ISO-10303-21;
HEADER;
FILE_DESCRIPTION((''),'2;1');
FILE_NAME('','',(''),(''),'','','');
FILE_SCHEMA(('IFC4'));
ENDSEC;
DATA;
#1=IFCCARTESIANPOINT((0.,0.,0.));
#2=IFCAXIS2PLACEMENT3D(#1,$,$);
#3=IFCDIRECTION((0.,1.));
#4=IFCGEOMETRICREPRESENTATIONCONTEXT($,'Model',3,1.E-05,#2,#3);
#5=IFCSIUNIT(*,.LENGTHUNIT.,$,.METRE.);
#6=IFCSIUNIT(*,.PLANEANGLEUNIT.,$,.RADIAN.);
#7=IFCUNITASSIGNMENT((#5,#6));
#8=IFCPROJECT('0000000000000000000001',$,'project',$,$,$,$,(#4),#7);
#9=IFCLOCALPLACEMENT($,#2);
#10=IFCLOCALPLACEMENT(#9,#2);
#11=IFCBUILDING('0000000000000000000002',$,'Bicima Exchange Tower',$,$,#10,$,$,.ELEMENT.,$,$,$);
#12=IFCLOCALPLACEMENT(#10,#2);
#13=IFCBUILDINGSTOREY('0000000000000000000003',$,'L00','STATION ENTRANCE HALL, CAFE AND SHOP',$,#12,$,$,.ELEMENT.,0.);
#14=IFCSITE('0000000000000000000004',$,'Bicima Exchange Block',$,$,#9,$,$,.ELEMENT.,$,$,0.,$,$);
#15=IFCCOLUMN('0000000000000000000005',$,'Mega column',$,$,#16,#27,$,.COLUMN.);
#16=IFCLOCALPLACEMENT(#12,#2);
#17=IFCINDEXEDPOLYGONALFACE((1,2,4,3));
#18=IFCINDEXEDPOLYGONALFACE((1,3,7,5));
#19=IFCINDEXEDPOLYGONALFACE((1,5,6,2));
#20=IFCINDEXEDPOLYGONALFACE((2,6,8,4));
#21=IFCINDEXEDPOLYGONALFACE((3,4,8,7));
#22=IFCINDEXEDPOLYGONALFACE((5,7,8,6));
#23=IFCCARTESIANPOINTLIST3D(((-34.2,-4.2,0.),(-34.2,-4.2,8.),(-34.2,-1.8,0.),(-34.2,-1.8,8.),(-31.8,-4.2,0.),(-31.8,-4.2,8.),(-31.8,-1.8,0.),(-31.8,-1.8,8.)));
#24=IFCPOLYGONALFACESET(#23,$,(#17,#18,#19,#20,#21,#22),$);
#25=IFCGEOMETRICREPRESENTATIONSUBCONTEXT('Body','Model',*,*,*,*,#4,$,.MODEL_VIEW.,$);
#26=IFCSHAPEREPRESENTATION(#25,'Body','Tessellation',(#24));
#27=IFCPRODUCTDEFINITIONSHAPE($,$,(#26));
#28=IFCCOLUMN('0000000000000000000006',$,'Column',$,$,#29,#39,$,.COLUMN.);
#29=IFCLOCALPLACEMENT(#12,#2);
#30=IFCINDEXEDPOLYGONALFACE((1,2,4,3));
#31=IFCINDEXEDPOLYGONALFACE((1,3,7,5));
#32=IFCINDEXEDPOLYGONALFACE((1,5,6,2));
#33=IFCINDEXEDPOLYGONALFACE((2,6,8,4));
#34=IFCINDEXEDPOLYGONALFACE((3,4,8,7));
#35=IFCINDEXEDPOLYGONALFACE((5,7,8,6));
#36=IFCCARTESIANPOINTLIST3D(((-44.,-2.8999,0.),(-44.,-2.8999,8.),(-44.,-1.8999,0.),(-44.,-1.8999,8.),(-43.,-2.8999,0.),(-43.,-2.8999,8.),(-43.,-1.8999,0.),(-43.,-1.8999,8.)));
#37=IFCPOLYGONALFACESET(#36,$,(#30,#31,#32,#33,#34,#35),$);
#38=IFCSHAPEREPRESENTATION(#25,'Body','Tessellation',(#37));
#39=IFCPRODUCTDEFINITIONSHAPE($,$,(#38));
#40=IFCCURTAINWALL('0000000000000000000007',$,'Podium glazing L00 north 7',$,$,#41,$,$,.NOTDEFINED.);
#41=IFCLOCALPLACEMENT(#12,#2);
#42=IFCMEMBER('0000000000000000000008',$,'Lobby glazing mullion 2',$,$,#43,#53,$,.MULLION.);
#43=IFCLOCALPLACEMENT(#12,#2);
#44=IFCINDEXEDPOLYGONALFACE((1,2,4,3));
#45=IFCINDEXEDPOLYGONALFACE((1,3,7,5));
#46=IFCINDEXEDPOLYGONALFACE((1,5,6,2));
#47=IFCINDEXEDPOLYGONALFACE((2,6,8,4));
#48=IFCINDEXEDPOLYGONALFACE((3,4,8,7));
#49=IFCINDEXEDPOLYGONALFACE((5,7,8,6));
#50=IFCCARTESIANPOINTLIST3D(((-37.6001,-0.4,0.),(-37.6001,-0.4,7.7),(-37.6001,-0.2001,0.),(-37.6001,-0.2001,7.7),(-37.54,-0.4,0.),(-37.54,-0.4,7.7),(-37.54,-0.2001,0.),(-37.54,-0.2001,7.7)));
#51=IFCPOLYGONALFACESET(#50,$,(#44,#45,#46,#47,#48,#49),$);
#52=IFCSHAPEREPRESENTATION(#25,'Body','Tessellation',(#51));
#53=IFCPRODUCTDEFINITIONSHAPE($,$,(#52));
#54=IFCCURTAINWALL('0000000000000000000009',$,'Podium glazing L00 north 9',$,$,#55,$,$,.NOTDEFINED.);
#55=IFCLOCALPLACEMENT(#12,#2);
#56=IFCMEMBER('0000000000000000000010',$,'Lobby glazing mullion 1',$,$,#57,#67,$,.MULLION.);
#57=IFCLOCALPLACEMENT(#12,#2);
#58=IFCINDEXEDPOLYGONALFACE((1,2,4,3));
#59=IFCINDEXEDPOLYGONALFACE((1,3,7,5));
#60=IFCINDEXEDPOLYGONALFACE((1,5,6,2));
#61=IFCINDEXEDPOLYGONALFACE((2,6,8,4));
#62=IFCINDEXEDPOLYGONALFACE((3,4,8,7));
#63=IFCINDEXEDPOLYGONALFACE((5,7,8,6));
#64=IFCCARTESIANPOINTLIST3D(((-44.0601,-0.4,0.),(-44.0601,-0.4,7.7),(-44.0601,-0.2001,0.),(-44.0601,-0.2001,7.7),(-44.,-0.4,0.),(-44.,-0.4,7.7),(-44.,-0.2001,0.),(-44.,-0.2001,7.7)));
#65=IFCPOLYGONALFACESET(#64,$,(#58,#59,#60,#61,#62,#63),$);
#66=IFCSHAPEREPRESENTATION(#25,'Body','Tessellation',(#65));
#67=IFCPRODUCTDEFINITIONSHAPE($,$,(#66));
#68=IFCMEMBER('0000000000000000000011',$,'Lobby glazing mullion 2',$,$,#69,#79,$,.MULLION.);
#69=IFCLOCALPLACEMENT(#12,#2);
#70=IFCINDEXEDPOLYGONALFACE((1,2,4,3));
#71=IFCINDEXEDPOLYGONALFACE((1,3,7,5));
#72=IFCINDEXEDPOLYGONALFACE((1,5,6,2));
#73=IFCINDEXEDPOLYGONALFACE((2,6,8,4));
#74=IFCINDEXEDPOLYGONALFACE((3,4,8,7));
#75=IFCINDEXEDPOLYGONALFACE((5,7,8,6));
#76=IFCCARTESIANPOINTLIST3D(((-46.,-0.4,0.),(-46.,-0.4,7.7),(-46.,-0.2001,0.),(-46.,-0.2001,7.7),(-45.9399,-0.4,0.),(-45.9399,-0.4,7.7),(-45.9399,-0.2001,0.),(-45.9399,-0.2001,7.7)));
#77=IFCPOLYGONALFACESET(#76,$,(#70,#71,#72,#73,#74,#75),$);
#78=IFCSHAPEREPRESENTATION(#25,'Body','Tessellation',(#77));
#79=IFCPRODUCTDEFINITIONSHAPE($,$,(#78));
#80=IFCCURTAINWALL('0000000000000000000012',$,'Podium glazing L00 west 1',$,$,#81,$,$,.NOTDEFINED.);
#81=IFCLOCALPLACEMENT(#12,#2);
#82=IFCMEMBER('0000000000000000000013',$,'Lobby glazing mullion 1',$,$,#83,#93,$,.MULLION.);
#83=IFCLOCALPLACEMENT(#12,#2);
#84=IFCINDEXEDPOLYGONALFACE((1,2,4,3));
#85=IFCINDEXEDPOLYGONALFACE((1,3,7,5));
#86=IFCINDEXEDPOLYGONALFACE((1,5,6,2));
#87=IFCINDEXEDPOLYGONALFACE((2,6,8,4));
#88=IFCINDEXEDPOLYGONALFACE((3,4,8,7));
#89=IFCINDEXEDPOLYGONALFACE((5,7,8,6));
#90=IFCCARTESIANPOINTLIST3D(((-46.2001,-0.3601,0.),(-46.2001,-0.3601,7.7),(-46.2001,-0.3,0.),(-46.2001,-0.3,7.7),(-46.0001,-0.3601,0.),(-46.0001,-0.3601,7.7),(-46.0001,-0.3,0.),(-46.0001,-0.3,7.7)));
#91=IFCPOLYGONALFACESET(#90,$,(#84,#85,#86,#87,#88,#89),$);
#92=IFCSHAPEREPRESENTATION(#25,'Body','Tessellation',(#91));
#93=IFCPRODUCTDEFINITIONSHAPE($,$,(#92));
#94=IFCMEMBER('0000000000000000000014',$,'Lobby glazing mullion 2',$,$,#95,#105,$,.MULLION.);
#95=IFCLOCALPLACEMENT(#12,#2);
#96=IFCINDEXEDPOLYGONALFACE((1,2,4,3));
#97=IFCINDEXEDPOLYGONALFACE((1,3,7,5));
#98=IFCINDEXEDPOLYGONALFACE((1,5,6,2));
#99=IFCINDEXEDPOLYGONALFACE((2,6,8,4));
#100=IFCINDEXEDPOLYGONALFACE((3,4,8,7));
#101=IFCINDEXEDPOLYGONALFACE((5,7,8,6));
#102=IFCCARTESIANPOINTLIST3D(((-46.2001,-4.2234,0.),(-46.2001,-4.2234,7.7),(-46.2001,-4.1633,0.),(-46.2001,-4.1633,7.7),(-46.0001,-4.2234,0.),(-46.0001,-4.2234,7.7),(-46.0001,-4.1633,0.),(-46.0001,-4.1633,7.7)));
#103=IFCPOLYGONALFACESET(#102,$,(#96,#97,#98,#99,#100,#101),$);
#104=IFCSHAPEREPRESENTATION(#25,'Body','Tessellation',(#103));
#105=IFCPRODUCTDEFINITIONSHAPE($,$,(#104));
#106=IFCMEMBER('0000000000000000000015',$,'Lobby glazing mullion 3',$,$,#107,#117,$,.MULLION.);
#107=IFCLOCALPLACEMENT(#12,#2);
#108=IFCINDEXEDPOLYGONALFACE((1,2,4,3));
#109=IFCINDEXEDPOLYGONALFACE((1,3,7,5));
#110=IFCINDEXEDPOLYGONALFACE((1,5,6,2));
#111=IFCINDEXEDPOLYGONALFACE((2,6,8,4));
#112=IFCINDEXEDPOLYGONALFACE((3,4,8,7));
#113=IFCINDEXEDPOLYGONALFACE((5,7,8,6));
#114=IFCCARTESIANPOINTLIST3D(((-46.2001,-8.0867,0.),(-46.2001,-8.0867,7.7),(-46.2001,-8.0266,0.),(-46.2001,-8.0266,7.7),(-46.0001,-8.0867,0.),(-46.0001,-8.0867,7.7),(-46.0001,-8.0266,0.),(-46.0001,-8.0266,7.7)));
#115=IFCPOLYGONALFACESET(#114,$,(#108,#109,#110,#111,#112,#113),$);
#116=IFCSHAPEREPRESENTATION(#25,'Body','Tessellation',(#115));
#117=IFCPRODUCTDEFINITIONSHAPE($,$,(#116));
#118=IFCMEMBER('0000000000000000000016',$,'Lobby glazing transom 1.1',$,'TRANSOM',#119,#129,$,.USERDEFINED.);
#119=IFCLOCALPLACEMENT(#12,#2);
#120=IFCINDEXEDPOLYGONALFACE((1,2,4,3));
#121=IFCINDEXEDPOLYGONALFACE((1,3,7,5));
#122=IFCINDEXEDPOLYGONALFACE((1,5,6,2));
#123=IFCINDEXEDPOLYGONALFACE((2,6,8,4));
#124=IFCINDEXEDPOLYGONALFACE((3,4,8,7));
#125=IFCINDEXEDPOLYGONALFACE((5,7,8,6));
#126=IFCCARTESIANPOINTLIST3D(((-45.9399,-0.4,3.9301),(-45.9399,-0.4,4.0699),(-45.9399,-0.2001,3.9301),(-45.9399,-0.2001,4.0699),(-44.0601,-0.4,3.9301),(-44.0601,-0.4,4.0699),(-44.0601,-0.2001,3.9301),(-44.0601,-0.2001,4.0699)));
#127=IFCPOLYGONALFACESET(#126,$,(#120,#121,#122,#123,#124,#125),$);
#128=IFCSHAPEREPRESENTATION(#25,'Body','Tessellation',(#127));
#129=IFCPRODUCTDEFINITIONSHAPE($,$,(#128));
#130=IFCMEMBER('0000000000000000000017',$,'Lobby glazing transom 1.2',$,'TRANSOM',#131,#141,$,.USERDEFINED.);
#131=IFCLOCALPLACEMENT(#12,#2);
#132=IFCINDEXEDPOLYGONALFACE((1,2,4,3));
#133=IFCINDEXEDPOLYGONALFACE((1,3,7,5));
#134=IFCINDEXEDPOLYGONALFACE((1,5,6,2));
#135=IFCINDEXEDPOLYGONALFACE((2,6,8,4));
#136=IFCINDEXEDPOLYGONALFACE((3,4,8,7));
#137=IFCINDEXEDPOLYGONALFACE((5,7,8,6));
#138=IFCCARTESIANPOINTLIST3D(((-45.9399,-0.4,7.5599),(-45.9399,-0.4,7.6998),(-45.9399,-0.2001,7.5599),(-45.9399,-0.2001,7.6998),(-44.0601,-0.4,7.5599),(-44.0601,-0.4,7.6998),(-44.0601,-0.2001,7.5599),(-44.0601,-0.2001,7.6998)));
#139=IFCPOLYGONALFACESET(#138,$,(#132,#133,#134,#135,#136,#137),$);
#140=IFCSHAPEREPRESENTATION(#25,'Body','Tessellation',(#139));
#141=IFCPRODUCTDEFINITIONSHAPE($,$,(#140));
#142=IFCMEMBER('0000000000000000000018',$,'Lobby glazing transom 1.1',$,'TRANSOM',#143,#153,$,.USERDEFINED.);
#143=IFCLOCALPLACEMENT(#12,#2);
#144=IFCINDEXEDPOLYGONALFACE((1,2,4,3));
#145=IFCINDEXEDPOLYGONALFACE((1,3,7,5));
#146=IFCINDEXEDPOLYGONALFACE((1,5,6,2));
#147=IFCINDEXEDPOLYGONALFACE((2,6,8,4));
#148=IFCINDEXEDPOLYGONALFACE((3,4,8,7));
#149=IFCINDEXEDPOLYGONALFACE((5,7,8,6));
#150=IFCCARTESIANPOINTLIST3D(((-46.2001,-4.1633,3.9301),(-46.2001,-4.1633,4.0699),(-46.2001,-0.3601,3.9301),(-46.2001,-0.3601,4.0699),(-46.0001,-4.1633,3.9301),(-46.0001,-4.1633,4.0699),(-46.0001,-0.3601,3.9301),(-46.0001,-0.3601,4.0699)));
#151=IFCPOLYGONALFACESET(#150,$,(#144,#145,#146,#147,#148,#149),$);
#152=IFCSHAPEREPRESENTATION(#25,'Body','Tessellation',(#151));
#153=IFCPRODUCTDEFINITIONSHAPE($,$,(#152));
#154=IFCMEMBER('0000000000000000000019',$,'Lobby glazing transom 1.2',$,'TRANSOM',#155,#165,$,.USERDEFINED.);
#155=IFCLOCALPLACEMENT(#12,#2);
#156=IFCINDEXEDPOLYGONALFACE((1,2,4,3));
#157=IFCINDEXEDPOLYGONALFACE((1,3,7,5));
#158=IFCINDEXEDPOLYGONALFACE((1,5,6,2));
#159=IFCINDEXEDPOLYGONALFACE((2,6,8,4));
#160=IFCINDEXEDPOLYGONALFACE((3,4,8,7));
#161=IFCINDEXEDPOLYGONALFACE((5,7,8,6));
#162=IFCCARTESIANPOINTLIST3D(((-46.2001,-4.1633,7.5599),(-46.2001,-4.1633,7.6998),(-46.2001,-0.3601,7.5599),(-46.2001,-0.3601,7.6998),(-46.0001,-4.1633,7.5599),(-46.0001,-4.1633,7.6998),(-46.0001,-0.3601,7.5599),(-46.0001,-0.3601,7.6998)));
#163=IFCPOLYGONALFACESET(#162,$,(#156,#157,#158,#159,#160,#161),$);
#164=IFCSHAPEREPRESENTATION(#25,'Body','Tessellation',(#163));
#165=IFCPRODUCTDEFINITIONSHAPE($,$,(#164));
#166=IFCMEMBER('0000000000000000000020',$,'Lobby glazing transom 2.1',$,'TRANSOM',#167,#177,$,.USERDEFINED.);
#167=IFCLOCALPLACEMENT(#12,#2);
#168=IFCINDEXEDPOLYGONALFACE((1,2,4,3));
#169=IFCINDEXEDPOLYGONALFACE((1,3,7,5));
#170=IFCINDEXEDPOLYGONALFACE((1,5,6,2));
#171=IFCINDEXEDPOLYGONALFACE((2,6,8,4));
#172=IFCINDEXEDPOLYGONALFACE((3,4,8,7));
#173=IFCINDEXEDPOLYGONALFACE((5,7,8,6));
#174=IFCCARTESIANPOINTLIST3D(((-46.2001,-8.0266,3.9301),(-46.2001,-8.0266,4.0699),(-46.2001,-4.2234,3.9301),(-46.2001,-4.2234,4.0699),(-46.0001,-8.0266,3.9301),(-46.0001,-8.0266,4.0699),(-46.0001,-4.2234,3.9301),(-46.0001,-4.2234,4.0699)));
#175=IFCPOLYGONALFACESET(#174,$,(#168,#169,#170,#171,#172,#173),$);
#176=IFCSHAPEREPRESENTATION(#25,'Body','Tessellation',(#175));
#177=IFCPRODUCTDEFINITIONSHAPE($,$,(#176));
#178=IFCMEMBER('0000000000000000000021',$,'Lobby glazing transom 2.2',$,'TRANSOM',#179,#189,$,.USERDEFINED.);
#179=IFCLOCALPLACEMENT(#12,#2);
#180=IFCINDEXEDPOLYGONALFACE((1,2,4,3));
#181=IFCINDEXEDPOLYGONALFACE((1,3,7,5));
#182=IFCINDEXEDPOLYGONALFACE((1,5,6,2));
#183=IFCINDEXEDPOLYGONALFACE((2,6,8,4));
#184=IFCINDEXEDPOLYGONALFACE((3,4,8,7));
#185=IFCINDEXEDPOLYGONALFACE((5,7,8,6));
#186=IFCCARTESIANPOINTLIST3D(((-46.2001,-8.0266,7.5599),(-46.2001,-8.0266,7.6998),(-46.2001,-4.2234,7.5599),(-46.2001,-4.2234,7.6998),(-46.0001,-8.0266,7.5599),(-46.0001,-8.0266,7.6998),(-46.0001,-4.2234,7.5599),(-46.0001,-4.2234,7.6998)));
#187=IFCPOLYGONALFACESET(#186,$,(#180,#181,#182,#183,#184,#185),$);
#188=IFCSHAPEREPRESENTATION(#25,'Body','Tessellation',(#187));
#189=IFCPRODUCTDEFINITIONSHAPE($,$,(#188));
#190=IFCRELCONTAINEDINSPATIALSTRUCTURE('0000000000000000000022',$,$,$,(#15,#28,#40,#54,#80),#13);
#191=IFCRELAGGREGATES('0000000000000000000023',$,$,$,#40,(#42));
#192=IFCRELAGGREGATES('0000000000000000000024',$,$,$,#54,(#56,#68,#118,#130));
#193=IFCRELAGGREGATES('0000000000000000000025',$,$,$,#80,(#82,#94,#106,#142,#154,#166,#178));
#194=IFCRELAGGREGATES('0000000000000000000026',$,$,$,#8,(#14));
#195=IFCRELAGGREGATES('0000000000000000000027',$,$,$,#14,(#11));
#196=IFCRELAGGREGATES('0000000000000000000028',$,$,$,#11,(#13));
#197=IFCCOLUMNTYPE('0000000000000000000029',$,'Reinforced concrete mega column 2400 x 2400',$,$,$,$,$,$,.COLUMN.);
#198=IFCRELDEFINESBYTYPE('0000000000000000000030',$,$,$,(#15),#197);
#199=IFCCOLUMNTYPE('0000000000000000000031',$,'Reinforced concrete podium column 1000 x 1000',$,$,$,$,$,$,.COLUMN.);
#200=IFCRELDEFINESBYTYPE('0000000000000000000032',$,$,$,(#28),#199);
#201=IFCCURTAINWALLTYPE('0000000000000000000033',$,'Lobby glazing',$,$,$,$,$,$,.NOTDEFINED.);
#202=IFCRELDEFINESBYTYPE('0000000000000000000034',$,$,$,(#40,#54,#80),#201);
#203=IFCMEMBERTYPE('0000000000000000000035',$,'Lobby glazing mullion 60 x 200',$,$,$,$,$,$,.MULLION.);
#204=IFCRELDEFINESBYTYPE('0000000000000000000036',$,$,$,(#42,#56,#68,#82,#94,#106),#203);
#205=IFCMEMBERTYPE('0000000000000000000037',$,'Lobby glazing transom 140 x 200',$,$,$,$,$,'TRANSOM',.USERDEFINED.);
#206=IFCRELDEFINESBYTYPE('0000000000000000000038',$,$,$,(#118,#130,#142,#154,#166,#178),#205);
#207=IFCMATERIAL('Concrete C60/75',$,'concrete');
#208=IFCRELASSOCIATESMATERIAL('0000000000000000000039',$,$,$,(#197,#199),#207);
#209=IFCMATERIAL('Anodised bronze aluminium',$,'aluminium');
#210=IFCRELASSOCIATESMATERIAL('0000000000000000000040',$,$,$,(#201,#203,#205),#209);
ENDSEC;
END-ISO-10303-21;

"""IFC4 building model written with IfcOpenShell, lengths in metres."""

from ifc_helpers import new_model, si_unit, direction, frame, origin, origin_2d, place, context, subcontext, project, spatial, rectangle, extrude, material, material_profile, profile_set, type_object, element, aggregate, save


model = new_model("IFC4")

# Units and contexts
model_context = context("Model", 3, precision=1e-05, world=origin(), true_north=direction((0.0, 1.0)))
body_context = subcontext(model_context, "Body", "Model", "MODEL_VIEW")
ifc_project = project(units=[si_unit("LENGTHUNIT", "METRE"), si_unit("PLANEANGLEUNIT", "RADIAN")], contexts=[model_context])

# Site, building, storey
site_placement = place(None, origin())
site = spatial("IfcSite", under=ifc_project, at=site_placement, Name="Bicima Exchange Block", CompositionType="ELEMENT", RefElevation=0.0)
building_placement = place(site_placement, origin())
building = spatial("IfcBuilding", under=site, at=building_placement, Name="Bicima Exchange Tower", CompositionType="ELEMENT")
storey_placement = place(building_placement, origin())
storey = spatial("IfcBuildingStorey", under=building, at=storey_placement, Name="L00", Description="STATION ENTRANCE HALL, CAFE AND SHOP", CompositionType="ELEMENT", Elevation=0.0)

# Columns
ifc_material_1 = material(Name="Concrete C60/75", Category="concrete")
ifc_material_profile_1 = material_profile(ifc_material_1, rectangle(XDim=2.3999, YDim=2.3999, at=origin_2d()))
ifc_profile_set_1 = profile_set([ifc_material_profile_1], Name="Concrete C60/75")
column_type_1 = type_object("IfcColumnType", Name="Reinforced concrete mega column 2400 x 2400", PredefinedType="COLUMN", material=ifc_profile_set_1)
column_1_placement = place(storey_placement, frame((-33.0, -3.0, 0.0), z_axis=(0.0, 0.0, 1.0), x_axis=(1.0, 0.0, 0.0)))
element("IfcColumn", 1, at=column_1_placement, inside=storey, type_object=column_type_1, Name="Mega column", PredefinedType="COLUMN", context=body_context, shape_type="SweptSolid", body=[
    extrude(rectangle(XDim=2.3999, YDim=2.3999, at=origin_2d()), origin(), (0.0, 0.0, 1.0), 8.0),
])
ifc_material_profile_2 = material_profile(ifc_material_1, rectangle(XDim=1.0, YDim=1.0, at=origin_2d()))
ifc_profile_set_2 = profile_set([ifc_material_profile_2], Name="Concrete C60/75")
column_type_2 = type_object("IfcColumnType", Name="Reinforced concrete podium column 1000 x 1000", PredefinedType="COLUMN", material=ifc_profile_set_2)
column_2_placement = place(storey_placement, frame((-43.5, -2.3999, 0.0), z_axis=(0.0, 0.0, 1.0), x_axis=(1.0, 0.0, 0.0)))
element("IfcColumn", 2, at=column_2_placement, inside=storey, type_object=column_type_2, Name="Column", PredefinedType="COLUMN", context=body_context, shape_type="SweptSolid", body=[
    extrude(rectangle(XDim=1.0, YDim=1.0, at=origin_2d()), origin(), (0.0, 0.0, 1.0), 8.0),
])

# Curtain wall, member
ifc_material_2 = material(Name="Anodised bronze aluminium", Category="aluminium")
curtain_wall_type = type_object("IfcCurtainWallType", Name="Lobby glazing", PredefinedType="NOTDEFINED", material=ifc_material_2)
curtain_wall_1_placement = place(storey_placement, origin())
curtain_wall_1 = element("IfcCurtainWall", 3, at=curtain_wall_1_placement, inside=storey, type_object=curtain_wall_type, Name="Podium glazing L00 north 7", PredefinedType="NOTDEFINED")
ifc_material_profile_3 = material_profile(ifc_material_2, rectangle(XDim=0.2, YDim=0.0601, at=origin_2d()))
ifc_profile_set_3 = profile_set([ifc_material_profile_3], Name="Anodised bronze aluminium")
member_type_1 = type_object("IfcMemberType", Name="Lobby glazing mullion 60 x 200", PredefinedType="MULLION", material=ifc_profile_set_3)
member_1_placement = place(storey_placement, frame((-37.5701, -0.3, 0.0), z_axis=(0.0, 0.0, 1.0), x_axis=(0.0, -1.0, 0.0)))
member_1 = element("IfcMember", 4, at=member_1_placement, type_object=member_type_1, Name="Lobby glazing mullion 2", PredefinedType="MULLION", context=body_context, shape_type="SweptSolid", body=[
    extrude(rectangle(XDim=0.2, YDim=0.0601, at=origin_2d()), origin(), (0.0, 0.0, 1.0), 7.7),
])

# Curtain walls, members
curtain_wall_2_placement = place(storey_placement, origin())
curtain_wall_2 = element("IfcCurtainWall", 5, at=curtain_wall_2_placement, inside=storey, type_object=curtain_wall_type, Name="Podium glazing L00 north 9", PredefinedType="NOTDEFINED")
member_2_placement = place(storey_placement, frame((-44.03, -0.3, 0.0), z_axis=(0.0, 0.0, 1.0), x_axis=(0.0, -1.0, 0.0)))
member_2 = element("IfcMember", 6, at=member_2_placement, type_object=member_type_1, Name="Lobby glazing mullion 1", PredefinedType="MULLION", context=body_context, shape_type="SweptSolid", body=[
    extrude(rectangle(XDim=0.2, YDim=0.0601, at=origin_2d()), origin(), (0.0, 0.0, 1.0), 7.7),
])
member_3_placement = place(storey_placement, frame((-45.97, -0.3, 0.0), z_axis=(0.0, 0.0, 1.0), x_axis=(0.0, -1.0, 0.0)))
member_3 = element("IfcMember", 7, at=member_3_placement, type_object=member_type_1, Name="Lobby glazing mullion 2", PredefinedType="MULLION", context=body_context, shape_type="SweptSolid", body=[
    extrude(rectangle(XDim=0.2, YDim=0.0601, at=origin_2d()), origin(), (0.0, 0.0, 1.0), 7.7),
])
curtain_wall_3_placement = place(storey_placement, origin())
curtain_wall_3 = element("IfcCurtainWall", 8, at=curtain_wall_3_placement, inside=storey, type_object=curtain_wall_type, Name="Podium glazing L00 west 1", PredefinedType="NOTDEFINED")
member_4_placement = place(storey_placement, frame((-46.1001, -0.3301, 0.0), z_axis=(0.0, 0.0, 1.0), x_axis=(1.0, 0.0, 0.0)))
member_4 = element("IfcMember", 9, at=member_4_placement, type_object=member_type_1, Name="Lobby glazing mullion 1", PredefinedType="MULLION", context=body_context, shape_type="SweptSolid", body=[
    extrude(rectangle(XDim=0.2, YDim=0.0601, at=origin_2d()), origin(), (0.0, 0.0, 1.0), 7.7),
])
member_5_placement = place(storey_placement, frame((-46.1001, -4.1934, 0.0), z_axis=(0.0, 0.0, 1.0), x_axis=(1.0, 0.0, 0.0)))
member_5 = element("IfcMember", 10, at=member_5_placement, type_object=member_type_1, Name="Lobby glazing mullion 2", PredefinedType="MULLION", context=body_context, shape_type="SweptSolid", body=[
    extrude(rectangle(XDim=0.2, YDim=0.0601, at=origin_2d()), origin(), (0.0, 0.0, 1.0), 7.7),
])
member_6_placement = place(storey_placement, frame((-46.1001, -8.0566, 0.0), z_axis=(0.0, 0.0, 1.0), x_axis=(1.0, 0.0, 0.0)))
member_6 = element("IfcMember", 11, at=member_6_placement, type_object=member_type_1, Name="Lobby glazing mullion 3", PredefinedType="MULLION", context=body_context, shape_type="SweptSolid", body=[
    extrude(rectangle(XDim=0.2, YDim=0.0601, at=origin_2d()), origin(), (0.0, 0.0, 1.0), 7.7),
])

# Members
ifc_material_profile_4 = material_profile(ifc_material_2, rectangle(XDim=0.2, YDim=0.1399, at=origin_2d()))
ifc_profile_set_4 = profile_set([ifc_material_profile_4], Name="Anodised bronze aluminium")
member_type_2 = type_object("IfcMemberType", Name="Lobby glazing transom 140 x 200", ElementType="TRANSOM", PredefinedType="USERDEFINED", material=ifc_profile_set_4)
member_7_placement = place(storey_placement, frame((-44.0601, -0.3, 4.0), z_axis=(-1.0, 0.0, 0.0), x_axis=(0.0, -1.0, 0.0)))
member_7 = element("IfcMember", 12, at=member_7_placement, type_object=member_type_2, Name="Lobby glazing transom 1.1", ObjectType="TRANSOM", PredefinedType="USERDEFINED", context=body_context, shape_type="SweptSolid", body=[
    extrude(rectangle(XDim=0.2, YDim=0.1399, at=origin_2d()), origin(), (0.0, 0.0, 1.0), 1.8799),
])
member_8_placement = place(storey_placement, frame((-44.0601, -0.3, 7.6299), z_axis=(-1.0, 0.0, 0.0), x_axis=(0.0, -1.0, 0.0)))
member_8 = element("IfcMember", 13, at=member_8_placement, type_object=member_type_2, Name="Lobby glazing transom 1.2", ObjectType="TRANSOM", PredefinedType="USERDEFINED", context=body_context, shape_type="SweptSolid", body=[
    extrude(rectangle(XDim=0.2, YDim=0.1399, at=origin_2d()), origin(), (0.0, 0.0, 1.0), 1.8799),
])
member_9_placement = place(storey_placement, frame((-46.1001, -0.3601, 4.0), z_axis=(0.0, -1.0, 0.0), x_axis=(1.0, 0.0, 0.0)))
member_9 = element("IfcMember", 14, at=member_9_placement, type_object=member_type_2, Name="Lobby glazing transom 1.1", ObjectType="TRANSOM", PredefinedType="USERDEFINED", context=body_context, shape_type="SweptSolid", body=[
    extrude(rectangle(XDim=0.2, YDim=0.1399, at=origin_2d()), origin(), (0.0, 0.0, 1.0), 3.8032),
])
member_10_placement = place(storey_placement, frame((-46.1001, -0.3601, 7.6299), z_axis=(0.0, -1.0, 0.0), x_axis=(1.0, 0.0, 0.0)))
member_10 = element("IfcMember", 15, at=member_10_placement, type_object=member_type_2, Name="Lobby glazing transom 1.2", ObjectType="TRANSOM", PredefinedType="USERDEFINED", context=body_context, shape_type="SweptSolid", body=[
    extrude(rectangle(XDim=0.2, YDim=0.1399, at=origin_2d()), origin(), (0.0, 0.0, 1.0), 3.8032),
])
member_11_placement = place(storey_placement, frame((-46.1001, -4.2234, 4.0), z_axis=(0.0, -1.0, 0.0), x_axis=(1.0, 0.0, 0.0)))
member_11 = element("IfcMember", 16, at=member_11_placement, type_object=member_type_2, Name="Lobby glazing transom 2.1", ObjectType="TRANSOM", PredefinedType="USERDEFINED", context=body_context, shape_type="SweptSolid", body=[
    extrude(rectangle(XDim=0.2, YDim=0.1399, at=origin_2d()), origin(), (0.0, 0.0, 1.0), 3.8032),
])
member_12_placement = place(storey_placement, frame((-46.1001, -4.2234, 7.6299), z_axis=(0.0, -1.0, 0.0), x_axis=(1.0, 0.0, 0.0)))
member_12 = element("IfcMember", 17, at=member_12_placement, type_object=member_type_2, Name="Lobby glazing transom 2.2", ObjectType="TRANSOM", PredefinedType="USERDEFINED", context=body_context, shape_type="SweptSolid", body=[
    extrude(rectangle(XDim=0.2, YDim=0.1399, at=origin_2d()), origin(), (0.0, 0.0, 1.0), 3.8032),
])

aggregate(curtain_wall_1, [member_1])
aggregate(curtain_wall_2, [member_2, member_3, member_7, member_8])
aggregate(curtain_wall_3, [member_4, member_5, member_6, member_9, member_10, member_11, member_12])

save(model, "model.ifc")
